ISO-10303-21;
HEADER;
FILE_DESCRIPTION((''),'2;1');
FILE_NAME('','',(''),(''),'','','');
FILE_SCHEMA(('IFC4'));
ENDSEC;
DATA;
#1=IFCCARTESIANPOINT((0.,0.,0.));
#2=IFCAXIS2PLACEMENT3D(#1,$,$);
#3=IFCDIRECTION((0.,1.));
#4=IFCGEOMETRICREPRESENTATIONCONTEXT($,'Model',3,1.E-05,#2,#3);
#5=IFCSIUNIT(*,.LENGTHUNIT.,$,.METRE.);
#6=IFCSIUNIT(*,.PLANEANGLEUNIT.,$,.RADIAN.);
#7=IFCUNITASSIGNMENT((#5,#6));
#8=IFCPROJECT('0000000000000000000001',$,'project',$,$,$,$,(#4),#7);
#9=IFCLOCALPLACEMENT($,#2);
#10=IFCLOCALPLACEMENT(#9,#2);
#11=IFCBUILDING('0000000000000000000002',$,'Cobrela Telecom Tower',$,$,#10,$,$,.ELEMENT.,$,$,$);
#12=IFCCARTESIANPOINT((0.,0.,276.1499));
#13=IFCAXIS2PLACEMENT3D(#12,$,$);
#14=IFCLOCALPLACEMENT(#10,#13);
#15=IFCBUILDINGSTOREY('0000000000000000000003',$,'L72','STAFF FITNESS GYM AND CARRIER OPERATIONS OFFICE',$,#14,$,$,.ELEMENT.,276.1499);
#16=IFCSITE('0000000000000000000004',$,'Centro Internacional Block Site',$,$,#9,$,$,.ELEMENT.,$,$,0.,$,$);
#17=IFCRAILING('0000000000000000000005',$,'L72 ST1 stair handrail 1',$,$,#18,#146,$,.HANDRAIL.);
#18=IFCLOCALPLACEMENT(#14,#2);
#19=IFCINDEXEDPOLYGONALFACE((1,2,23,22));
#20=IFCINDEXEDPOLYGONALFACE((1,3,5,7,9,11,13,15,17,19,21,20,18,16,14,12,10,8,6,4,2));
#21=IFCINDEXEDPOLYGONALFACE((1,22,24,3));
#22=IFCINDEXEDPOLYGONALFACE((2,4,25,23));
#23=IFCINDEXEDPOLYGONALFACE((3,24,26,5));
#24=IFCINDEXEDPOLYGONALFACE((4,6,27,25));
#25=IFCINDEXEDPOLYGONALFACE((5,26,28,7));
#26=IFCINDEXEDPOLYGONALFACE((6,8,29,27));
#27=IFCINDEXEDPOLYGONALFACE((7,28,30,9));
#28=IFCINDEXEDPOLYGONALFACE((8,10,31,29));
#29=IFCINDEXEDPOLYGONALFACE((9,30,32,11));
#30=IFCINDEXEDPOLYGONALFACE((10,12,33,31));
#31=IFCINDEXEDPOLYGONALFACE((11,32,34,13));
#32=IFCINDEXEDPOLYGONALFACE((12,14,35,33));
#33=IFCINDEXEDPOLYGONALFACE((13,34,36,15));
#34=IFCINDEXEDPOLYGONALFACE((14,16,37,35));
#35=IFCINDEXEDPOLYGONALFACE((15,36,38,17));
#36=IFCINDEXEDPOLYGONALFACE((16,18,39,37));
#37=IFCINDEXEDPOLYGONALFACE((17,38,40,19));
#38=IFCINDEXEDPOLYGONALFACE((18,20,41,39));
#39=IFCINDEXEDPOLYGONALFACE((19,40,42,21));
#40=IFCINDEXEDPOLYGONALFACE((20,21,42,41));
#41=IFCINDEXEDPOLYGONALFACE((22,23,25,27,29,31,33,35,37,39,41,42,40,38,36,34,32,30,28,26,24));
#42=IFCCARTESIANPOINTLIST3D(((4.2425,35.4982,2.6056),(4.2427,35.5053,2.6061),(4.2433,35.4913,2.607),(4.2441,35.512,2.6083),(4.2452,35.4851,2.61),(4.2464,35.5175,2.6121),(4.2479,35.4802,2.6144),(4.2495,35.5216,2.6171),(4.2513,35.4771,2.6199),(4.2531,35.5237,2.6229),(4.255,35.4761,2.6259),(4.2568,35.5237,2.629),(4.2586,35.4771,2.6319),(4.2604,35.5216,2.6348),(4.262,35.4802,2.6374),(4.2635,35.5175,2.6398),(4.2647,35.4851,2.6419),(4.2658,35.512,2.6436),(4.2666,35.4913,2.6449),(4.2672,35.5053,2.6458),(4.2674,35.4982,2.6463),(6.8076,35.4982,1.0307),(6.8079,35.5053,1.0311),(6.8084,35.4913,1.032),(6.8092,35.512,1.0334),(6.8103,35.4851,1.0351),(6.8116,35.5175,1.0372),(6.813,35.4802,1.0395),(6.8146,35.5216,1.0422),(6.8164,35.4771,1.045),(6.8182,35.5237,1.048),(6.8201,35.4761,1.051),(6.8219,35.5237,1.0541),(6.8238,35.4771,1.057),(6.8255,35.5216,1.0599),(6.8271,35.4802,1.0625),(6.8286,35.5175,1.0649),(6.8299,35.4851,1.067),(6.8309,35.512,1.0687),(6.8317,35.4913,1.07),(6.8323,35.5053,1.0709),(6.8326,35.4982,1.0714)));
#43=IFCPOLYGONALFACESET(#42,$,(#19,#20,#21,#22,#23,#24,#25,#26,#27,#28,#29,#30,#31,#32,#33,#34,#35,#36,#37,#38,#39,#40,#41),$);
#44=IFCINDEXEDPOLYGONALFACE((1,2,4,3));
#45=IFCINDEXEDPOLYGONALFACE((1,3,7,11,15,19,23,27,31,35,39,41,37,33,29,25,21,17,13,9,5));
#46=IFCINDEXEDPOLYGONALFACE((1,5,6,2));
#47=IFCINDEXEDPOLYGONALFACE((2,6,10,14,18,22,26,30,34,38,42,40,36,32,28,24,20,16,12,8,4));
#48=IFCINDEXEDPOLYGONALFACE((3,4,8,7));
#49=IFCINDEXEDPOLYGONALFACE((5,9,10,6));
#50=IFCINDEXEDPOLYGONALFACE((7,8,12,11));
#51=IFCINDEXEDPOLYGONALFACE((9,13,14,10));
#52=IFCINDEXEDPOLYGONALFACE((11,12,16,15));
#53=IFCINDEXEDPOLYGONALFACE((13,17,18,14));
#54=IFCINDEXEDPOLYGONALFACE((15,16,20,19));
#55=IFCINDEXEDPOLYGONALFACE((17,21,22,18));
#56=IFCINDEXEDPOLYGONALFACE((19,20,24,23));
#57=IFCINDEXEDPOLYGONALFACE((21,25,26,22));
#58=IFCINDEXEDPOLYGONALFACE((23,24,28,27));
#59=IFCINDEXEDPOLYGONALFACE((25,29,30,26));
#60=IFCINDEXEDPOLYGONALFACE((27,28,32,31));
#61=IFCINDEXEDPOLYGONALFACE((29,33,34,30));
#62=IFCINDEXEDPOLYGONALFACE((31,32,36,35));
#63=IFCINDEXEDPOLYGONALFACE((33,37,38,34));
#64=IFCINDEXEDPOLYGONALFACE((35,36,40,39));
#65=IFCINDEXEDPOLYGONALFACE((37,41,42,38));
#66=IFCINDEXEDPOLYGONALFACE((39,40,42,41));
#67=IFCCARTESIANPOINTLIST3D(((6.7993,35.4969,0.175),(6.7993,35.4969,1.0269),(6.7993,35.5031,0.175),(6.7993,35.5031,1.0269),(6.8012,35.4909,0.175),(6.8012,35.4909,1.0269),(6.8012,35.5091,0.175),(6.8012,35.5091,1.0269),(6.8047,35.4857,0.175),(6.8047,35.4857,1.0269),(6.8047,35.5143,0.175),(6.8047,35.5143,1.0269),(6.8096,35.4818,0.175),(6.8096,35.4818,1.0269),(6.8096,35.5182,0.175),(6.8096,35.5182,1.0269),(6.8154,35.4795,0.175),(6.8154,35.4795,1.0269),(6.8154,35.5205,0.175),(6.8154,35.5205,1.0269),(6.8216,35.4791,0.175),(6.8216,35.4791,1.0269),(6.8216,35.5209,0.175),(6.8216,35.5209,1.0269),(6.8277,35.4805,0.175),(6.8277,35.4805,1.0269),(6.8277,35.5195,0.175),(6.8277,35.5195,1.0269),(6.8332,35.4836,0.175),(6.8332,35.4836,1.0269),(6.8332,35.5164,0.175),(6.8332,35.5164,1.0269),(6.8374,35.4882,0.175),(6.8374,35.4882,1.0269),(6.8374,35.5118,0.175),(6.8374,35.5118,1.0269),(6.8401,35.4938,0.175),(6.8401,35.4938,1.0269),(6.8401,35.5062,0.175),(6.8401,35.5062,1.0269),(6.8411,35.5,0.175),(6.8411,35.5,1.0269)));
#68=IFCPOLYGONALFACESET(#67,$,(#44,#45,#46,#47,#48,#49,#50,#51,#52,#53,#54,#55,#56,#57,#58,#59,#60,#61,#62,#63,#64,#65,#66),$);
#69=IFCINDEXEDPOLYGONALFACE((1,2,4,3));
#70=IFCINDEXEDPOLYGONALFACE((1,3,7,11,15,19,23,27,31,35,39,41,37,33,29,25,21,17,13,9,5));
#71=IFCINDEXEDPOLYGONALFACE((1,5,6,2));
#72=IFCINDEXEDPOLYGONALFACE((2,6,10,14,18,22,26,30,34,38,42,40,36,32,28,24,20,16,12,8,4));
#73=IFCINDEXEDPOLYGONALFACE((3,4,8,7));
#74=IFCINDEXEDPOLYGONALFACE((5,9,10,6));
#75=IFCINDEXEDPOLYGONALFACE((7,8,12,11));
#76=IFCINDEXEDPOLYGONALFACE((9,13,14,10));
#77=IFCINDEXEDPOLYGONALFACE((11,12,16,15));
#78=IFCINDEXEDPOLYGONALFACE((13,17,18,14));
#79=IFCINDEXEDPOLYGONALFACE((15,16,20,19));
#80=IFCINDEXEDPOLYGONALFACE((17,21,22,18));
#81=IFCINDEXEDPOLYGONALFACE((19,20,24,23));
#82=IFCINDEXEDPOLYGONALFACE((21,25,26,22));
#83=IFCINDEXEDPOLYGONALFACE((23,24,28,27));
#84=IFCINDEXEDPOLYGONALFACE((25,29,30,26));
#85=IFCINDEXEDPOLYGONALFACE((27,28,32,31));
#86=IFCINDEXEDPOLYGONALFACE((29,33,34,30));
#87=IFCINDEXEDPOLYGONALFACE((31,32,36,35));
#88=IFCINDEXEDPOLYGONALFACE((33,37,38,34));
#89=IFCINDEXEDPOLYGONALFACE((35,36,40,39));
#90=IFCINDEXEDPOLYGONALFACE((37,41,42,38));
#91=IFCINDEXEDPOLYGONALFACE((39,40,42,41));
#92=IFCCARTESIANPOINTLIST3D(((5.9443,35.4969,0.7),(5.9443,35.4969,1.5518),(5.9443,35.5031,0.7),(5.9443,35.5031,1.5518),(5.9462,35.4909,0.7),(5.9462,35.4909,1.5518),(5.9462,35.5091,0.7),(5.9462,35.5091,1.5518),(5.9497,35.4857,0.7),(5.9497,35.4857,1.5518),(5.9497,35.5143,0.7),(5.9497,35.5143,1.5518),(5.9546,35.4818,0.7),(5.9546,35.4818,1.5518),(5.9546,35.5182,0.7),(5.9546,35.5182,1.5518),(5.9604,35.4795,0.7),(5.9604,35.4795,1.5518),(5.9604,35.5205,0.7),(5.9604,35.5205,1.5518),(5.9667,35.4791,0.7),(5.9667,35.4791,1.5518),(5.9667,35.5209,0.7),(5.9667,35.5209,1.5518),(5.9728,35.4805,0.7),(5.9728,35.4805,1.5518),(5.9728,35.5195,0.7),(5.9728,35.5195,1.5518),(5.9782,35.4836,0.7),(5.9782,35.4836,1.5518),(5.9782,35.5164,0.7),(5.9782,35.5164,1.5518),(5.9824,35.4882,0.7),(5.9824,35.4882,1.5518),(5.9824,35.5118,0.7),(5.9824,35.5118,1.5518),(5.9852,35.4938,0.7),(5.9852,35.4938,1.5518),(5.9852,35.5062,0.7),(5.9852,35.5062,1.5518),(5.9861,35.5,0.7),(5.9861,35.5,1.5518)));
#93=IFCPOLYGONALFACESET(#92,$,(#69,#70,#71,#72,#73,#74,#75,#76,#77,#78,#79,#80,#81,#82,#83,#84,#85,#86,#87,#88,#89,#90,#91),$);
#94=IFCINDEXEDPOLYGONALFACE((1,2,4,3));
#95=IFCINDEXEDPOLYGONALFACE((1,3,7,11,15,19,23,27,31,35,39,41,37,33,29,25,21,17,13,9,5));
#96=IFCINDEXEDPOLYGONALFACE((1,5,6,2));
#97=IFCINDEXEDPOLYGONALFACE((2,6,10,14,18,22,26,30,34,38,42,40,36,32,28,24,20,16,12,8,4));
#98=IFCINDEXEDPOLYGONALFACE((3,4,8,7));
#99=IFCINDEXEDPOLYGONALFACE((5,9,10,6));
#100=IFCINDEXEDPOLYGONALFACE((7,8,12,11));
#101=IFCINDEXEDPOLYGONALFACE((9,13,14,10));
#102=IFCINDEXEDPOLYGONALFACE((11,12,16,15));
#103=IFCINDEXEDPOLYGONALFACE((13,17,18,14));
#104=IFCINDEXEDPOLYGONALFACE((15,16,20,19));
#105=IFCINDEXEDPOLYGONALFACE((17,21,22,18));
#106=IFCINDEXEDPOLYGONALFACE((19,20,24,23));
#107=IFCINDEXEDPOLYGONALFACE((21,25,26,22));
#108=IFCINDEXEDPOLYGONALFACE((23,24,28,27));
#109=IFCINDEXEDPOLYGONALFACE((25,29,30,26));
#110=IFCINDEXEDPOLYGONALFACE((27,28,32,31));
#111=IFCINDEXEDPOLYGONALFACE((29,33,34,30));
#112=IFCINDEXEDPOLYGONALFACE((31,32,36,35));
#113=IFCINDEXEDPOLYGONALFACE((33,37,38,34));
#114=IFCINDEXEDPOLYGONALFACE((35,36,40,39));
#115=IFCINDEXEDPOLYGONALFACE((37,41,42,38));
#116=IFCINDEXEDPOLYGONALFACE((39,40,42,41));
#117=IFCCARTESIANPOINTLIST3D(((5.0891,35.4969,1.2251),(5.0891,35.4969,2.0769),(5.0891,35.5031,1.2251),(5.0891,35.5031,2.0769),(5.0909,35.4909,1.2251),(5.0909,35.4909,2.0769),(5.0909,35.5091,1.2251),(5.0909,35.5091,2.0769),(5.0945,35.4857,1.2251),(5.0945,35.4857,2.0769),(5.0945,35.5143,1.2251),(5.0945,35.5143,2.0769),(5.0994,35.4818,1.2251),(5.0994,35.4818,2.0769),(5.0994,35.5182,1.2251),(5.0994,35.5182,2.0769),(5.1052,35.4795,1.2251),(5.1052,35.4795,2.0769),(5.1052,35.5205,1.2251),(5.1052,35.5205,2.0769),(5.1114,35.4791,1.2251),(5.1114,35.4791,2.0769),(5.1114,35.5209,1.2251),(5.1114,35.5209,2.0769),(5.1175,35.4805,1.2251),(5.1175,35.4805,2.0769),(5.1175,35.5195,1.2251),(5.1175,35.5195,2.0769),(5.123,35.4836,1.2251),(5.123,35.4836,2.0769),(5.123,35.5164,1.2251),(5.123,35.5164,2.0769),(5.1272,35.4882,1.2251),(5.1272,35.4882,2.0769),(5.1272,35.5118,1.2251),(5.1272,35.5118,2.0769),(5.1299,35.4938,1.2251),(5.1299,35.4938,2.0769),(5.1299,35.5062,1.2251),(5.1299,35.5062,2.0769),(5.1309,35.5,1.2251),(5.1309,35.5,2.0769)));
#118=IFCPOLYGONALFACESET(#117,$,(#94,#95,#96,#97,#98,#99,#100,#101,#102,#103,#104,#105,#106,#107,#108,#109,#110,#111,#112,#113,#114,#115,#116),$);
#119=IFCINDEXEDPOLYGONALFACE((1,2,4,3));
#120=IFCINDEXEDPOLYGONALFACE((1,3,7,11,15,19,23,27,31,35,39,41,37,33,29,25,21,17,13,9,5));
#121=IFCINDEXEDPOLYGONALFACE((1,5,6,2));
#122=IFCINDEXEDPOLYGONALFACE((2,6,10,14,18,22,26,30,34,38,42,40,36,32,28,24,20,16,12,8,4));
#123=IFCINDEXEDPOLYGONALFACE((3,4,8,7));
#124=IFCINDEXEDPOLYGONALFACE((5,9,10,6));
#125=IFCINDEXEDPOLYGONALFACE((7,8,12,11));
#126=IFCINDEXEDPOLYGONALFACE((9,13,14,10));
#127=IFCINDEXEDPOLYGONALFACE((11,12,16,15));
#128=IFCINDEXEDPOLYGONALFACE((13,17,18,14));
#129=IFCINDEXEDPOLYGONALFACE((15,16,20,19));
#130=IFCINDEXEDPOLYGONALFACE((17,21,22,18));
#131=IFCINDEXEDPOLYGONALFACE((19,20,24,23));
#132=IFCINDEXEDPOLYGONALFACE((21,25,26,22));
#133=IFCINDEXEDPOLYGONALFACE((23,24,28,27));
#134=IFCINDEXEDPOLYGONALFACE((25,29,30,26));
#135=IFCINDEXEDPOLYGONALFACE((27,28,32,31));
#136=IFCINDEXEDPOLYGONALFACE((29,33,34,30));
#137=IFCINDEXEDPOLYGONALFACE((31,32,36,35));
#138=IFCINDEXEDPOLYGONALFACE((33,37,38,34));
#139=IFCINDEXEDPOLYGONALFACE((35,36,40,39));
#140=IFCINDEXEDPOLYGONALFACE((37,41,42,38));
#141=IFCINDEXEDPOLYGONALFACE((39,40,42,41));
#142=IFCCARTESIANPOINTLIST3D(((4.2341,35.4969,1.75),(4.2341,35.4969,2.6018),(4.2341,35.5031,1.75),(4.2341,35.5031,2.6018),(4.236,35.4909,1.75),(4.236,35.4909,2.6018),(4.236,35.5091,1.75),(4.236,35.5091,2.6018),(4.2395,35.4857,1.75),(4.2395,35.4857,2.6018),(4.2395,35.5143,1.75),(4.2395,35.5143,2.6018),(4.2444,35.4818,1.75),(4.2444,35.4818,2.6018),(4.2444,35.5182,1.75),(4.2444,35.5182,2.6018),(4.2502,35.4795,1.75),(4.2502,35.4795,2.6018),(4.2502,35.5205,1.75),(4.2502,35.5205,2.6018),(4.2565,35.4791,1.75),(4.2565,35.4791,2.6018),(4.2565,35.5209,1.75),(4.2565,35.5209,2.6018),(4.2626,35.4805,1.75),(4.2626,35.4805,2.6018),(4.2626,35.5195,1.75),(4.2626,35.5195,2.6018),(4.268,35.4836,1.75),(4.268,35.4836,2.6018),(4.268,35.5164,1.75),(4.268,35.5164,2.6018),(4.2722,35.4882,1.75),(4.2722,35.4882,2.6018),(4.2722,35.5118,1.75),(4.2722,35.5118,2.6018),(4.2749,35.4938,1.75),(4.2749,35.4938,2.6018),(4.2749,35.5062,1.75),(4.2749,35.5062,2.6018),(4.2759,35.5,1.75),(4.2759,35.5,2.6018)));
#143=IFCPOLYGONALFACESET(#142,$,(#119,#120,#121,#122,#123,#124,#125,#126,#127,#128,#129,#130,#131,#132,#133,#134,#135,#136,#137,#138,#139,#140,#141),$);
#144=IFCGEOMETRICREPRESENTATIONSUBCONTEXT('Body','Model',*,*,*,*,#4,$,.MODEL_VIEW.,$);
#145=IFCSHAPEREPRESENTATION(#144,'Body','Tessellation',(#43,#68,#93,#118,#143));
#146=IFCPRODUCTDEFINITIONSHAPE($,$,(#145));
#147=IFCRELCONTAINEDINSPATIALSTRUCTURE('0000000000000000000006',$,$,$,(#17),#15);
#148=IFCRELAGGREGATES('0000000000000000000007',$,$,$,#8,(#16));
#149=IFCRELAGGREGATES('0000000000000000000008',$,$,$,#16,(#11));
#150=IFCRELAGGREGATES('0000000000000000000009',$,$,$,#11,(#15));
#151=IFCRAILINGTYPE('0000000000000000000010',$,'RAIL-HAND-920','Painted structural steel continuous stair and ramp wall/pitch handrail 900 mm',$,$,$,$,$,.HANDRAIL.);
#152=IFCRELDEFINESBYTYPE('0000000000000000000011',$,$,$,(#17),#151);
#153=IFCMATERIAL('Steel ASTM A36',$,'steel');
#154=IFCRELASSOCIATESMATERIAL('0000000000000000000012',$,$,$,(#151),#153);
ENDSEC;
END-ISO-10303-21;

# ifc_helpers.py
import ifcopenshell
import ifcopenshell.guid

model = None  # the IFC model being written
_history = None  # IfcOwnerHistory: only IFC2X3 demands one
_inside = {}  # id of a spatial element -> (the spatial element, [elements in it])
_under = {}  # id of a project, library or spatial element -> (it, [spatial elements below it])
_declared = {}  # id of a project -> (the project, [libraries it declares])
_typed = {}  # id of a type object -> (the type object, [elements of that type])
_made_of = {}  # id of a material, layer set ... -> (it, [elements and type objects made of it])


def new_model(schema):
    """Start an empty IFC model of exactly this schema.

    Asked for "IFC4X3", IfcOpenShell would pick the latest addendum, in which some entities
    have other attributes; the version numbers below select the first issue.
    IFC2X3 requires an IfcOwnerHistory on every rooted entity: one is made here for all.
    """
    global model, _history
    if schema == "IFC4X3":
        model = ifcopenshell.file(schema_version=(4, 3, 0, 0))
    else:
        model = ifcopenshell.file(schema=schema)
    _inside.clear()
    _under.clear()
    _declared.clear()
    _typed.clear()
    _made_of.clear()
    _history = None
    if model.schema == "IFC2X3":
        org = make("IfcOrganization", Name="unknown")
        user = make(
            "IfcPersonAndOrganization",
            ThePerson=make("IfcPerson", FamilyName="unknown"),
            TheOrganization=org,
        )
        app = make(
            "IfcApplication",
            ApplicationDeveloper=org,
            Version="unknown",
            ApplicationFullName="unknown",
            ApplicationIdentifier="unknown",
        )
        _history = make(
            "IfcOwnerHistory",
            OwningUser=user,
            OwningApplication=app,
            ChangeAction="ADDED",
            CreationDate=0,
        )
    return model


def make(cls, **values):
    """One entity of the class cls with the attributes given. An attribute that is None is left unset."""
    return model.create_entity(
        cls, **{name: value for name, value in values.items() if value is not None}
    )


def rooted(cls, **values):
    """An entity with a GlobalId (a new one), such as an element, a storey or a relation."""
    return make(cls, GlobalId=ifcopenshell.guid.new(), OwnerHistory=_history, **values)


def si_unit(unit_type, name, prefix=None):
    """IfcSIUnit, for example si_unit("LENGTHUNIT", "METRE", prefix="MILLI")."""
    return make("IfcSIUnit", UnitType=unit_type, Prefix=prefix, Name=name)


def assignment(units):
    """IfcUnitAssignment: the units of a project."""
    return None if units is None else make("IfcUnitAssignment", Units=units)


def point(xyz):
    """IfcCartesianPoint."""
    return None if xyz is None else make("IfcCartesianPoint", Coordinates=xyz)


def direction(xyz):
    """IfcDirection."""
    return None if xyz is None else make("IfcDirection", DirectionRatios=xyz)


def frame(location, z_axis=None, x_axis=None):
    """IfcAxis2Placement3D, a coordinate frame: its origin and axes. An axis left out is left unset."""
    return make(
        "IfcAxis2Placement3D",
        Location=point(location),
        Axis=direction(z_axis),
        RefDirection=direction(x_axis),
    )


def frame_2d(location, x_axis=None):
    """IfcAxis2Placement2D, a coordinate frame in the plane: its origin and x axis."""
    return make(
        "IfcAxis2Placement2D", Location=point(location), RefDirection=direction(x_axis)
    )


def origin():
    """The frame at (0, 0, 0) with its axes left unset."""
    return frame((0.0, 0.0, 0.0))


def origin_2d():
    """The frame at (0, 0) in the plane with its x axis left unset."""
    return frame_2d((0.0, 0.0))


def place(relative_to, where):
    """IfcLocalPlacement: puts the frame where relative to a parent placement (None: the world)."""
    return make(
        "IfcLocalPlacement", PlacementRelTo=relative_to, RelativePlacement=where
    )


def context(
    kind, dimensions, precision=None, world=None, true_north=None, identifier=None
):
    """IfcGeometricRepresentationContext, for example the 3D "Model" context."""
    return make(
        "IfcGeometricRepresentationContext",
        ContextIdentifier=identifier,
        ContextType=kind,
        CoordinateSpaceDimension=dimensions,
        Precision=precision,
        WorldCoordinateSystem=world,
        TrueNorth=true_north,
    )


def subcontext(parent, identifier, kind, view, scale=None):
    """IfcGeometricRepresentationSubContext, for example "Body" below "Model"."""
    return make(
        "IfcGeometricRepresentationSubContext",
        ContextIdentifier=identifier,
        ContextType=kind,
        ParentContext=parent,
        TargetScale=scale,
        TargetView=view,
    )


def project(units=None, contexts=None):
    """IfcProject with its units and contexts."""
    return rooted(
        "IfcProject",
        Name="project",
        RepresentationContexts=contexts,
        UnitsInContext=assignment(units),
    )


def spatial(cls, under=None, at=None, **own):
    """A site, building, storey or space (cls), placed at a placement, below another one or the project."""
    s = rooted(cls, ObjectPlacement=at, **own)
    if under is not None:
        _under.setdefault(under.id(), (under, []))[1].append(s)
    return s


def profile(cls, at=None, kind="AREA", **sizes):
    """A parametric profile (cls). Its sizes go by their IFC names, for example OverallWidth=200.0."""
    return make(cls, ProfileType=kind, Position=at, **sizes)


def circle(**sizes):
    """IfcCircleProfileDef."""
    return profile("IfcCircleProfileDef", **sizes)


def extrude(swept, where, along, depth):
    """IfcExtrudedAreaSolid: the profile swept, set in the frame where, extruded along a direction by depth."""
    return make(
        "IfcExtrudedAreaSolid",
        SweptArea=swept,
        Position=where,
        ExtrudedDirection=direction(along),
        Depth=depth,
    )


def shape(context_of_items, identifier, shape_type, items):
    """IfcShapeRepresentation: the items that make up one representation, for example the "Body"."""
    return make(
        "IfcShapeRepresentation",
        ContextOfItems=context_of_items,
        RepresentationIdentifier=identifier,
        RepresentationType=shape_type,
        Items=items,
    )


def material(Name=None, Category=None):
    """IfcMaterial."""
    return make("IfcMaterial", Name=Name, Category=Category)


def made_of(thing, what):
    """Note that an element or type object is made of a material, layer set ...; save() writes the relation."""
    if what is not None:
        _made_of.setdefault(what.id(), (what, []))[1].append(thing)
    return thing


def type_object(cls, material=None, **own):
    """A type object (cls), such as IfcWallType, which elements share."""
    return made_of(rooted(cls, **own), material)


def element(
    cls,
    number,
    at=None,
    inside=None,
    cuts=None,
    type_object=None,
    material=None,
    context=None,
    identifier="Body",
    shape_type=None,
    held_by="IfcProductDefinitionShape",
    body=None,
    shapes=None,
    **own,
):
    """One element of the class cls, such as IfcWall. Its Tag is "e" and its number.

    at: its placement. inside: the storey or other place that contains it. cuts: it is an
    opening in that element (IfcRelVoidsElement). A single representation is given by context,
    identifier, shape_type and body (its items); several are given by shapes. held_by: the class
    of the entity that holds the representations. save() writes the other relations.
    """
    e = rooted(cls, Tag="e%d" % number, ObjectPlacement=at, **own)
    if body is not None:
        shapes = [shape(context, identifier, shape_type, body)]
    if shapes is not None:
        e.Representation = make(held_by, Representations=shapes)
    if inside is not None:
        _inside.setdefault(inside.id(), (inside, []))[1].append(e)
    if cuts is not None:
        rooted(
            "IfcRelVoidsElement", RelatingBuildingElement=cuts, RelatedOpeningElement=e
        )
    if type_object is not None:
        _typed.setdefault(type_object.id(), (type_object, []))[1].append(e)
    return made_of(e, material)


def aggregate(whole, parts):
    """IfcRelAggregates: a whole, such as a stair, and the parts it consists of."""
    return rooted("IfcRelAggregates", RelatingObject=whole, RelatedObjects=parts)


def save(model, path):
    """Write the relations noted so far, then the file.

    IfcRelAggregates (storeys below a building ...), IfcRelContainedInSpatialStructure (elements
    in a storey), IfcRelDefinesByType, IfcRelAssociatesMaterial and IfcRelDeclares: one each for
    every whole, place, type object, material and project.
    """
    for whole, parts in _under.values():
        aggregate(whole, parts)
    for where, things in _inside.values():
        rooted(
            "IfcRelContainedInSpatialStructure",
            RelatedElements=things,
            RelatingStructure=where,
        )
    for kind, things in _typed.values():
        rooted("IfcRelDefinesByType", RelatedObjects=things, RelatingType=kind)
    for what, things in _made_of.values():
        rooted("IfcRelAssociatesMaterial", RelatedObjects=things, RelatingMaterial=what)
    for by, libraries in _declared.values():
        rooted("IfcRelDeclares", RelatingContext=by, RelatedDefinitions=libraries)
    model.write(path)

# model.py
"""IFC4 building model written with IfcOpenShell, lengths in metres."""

from ifc_helpers import new_model, si_unit, direction, frame, origin, origin_2d, place, context, subcontext, project, spatial, circle, extrude, material, type_object, element, save


model = new_model("IFC4")

# Units and contexts
model_context = context("Model", 3, precision=1e-05, world=origin(), true_north=direction((0.0, 1.0)))
body_context = subcontext(model_context, "Body", "Model", "MODEL_VIEW")
ifc_project = project(units=[si_unit("LENGTHUNIT", "METRE"), si_unit("PLANEANGLEUNIT", "RADIAN")], contexts=[model_context])

# Site, building, storey
site_placement = place(None, origin())
site = spatial("IfcSite", under=ifc_project, at=site_placement, Name="Centro Internacional Block Site", CompositionType="ELEMENT", RefElevation=0.0)
building_placement = place(site_placement, origin())
building = spatial("IfcBuilding", under=site, at=building_placement, Name="Cobrela Telecom Tower", CompositionType="ELEMENT")
storey_placement = place(building_placement, frame((0.0, 0.0, 276.1499)))
storey = spatial("IfcBuildingStorey", under=building, at=storey_placement, Name="L72", Description="STAFF FITNESS GYM AND CARRIER OPERATIONS OFFICE", CompositionType="ELEMENT", Elevation=276.1499)

# Shared definitions
ifc_material_1 = material(Name="Steel ASTM A36", Category="steel")

# Railing
railing_type_1 = type_object("IfcRailingType", Name="RAIL-HAND-920", Description="Painted structural steel continuous stair and ramp wall/pitch handrail 900 mm", PredefinedType="HANDRAIL", material=ifc_material_1)
railing_1_placement = place(storey_placement, frame((6.8201, 35.5, 0.175)))
element("IfcRailing", 1, at=railing_1_placement, inside=storey, type_object=railing_type_1, Name="L72 ST1 stair handrail 1", PredefinedType="HANDRAIL", context=body_context, shape_type="SweptSolid", body=[
    extrude(circle(Radius=0.0239, at=origin_2d()), frame((0.0, 0.0, 0.876), z_axis=(-0.852195, 0.0, 0.523224), x_axis=(0.0, -1.0, 0.0)), (0.0, 0.0, 1.0), 3.01),
    extrude(circle(Radius=0.021, at=origin_2d()), origin(), (0.0, 0.0, 1.0), 0.8518),
    extrude(circle(Radius=0.021, at=origin_2d()), frame((-0.855, 0.0, 0.5249)), (0.0, 0.0, 1.0), 0.8518),
    extrude(circle(Radius=0.021, at=origin_2d()), frame((-1.7102, 0.0, 1.05)), (0.0, 0.0, 1.0), 0.8518),
    extrude(circle(Radius=0.021, at=origin_2d()), frame((-2.5652, 0.0, 1.575)), (0.0, 0.0, 1.0), 0.8518),
])

save(model, "model.ifc")
